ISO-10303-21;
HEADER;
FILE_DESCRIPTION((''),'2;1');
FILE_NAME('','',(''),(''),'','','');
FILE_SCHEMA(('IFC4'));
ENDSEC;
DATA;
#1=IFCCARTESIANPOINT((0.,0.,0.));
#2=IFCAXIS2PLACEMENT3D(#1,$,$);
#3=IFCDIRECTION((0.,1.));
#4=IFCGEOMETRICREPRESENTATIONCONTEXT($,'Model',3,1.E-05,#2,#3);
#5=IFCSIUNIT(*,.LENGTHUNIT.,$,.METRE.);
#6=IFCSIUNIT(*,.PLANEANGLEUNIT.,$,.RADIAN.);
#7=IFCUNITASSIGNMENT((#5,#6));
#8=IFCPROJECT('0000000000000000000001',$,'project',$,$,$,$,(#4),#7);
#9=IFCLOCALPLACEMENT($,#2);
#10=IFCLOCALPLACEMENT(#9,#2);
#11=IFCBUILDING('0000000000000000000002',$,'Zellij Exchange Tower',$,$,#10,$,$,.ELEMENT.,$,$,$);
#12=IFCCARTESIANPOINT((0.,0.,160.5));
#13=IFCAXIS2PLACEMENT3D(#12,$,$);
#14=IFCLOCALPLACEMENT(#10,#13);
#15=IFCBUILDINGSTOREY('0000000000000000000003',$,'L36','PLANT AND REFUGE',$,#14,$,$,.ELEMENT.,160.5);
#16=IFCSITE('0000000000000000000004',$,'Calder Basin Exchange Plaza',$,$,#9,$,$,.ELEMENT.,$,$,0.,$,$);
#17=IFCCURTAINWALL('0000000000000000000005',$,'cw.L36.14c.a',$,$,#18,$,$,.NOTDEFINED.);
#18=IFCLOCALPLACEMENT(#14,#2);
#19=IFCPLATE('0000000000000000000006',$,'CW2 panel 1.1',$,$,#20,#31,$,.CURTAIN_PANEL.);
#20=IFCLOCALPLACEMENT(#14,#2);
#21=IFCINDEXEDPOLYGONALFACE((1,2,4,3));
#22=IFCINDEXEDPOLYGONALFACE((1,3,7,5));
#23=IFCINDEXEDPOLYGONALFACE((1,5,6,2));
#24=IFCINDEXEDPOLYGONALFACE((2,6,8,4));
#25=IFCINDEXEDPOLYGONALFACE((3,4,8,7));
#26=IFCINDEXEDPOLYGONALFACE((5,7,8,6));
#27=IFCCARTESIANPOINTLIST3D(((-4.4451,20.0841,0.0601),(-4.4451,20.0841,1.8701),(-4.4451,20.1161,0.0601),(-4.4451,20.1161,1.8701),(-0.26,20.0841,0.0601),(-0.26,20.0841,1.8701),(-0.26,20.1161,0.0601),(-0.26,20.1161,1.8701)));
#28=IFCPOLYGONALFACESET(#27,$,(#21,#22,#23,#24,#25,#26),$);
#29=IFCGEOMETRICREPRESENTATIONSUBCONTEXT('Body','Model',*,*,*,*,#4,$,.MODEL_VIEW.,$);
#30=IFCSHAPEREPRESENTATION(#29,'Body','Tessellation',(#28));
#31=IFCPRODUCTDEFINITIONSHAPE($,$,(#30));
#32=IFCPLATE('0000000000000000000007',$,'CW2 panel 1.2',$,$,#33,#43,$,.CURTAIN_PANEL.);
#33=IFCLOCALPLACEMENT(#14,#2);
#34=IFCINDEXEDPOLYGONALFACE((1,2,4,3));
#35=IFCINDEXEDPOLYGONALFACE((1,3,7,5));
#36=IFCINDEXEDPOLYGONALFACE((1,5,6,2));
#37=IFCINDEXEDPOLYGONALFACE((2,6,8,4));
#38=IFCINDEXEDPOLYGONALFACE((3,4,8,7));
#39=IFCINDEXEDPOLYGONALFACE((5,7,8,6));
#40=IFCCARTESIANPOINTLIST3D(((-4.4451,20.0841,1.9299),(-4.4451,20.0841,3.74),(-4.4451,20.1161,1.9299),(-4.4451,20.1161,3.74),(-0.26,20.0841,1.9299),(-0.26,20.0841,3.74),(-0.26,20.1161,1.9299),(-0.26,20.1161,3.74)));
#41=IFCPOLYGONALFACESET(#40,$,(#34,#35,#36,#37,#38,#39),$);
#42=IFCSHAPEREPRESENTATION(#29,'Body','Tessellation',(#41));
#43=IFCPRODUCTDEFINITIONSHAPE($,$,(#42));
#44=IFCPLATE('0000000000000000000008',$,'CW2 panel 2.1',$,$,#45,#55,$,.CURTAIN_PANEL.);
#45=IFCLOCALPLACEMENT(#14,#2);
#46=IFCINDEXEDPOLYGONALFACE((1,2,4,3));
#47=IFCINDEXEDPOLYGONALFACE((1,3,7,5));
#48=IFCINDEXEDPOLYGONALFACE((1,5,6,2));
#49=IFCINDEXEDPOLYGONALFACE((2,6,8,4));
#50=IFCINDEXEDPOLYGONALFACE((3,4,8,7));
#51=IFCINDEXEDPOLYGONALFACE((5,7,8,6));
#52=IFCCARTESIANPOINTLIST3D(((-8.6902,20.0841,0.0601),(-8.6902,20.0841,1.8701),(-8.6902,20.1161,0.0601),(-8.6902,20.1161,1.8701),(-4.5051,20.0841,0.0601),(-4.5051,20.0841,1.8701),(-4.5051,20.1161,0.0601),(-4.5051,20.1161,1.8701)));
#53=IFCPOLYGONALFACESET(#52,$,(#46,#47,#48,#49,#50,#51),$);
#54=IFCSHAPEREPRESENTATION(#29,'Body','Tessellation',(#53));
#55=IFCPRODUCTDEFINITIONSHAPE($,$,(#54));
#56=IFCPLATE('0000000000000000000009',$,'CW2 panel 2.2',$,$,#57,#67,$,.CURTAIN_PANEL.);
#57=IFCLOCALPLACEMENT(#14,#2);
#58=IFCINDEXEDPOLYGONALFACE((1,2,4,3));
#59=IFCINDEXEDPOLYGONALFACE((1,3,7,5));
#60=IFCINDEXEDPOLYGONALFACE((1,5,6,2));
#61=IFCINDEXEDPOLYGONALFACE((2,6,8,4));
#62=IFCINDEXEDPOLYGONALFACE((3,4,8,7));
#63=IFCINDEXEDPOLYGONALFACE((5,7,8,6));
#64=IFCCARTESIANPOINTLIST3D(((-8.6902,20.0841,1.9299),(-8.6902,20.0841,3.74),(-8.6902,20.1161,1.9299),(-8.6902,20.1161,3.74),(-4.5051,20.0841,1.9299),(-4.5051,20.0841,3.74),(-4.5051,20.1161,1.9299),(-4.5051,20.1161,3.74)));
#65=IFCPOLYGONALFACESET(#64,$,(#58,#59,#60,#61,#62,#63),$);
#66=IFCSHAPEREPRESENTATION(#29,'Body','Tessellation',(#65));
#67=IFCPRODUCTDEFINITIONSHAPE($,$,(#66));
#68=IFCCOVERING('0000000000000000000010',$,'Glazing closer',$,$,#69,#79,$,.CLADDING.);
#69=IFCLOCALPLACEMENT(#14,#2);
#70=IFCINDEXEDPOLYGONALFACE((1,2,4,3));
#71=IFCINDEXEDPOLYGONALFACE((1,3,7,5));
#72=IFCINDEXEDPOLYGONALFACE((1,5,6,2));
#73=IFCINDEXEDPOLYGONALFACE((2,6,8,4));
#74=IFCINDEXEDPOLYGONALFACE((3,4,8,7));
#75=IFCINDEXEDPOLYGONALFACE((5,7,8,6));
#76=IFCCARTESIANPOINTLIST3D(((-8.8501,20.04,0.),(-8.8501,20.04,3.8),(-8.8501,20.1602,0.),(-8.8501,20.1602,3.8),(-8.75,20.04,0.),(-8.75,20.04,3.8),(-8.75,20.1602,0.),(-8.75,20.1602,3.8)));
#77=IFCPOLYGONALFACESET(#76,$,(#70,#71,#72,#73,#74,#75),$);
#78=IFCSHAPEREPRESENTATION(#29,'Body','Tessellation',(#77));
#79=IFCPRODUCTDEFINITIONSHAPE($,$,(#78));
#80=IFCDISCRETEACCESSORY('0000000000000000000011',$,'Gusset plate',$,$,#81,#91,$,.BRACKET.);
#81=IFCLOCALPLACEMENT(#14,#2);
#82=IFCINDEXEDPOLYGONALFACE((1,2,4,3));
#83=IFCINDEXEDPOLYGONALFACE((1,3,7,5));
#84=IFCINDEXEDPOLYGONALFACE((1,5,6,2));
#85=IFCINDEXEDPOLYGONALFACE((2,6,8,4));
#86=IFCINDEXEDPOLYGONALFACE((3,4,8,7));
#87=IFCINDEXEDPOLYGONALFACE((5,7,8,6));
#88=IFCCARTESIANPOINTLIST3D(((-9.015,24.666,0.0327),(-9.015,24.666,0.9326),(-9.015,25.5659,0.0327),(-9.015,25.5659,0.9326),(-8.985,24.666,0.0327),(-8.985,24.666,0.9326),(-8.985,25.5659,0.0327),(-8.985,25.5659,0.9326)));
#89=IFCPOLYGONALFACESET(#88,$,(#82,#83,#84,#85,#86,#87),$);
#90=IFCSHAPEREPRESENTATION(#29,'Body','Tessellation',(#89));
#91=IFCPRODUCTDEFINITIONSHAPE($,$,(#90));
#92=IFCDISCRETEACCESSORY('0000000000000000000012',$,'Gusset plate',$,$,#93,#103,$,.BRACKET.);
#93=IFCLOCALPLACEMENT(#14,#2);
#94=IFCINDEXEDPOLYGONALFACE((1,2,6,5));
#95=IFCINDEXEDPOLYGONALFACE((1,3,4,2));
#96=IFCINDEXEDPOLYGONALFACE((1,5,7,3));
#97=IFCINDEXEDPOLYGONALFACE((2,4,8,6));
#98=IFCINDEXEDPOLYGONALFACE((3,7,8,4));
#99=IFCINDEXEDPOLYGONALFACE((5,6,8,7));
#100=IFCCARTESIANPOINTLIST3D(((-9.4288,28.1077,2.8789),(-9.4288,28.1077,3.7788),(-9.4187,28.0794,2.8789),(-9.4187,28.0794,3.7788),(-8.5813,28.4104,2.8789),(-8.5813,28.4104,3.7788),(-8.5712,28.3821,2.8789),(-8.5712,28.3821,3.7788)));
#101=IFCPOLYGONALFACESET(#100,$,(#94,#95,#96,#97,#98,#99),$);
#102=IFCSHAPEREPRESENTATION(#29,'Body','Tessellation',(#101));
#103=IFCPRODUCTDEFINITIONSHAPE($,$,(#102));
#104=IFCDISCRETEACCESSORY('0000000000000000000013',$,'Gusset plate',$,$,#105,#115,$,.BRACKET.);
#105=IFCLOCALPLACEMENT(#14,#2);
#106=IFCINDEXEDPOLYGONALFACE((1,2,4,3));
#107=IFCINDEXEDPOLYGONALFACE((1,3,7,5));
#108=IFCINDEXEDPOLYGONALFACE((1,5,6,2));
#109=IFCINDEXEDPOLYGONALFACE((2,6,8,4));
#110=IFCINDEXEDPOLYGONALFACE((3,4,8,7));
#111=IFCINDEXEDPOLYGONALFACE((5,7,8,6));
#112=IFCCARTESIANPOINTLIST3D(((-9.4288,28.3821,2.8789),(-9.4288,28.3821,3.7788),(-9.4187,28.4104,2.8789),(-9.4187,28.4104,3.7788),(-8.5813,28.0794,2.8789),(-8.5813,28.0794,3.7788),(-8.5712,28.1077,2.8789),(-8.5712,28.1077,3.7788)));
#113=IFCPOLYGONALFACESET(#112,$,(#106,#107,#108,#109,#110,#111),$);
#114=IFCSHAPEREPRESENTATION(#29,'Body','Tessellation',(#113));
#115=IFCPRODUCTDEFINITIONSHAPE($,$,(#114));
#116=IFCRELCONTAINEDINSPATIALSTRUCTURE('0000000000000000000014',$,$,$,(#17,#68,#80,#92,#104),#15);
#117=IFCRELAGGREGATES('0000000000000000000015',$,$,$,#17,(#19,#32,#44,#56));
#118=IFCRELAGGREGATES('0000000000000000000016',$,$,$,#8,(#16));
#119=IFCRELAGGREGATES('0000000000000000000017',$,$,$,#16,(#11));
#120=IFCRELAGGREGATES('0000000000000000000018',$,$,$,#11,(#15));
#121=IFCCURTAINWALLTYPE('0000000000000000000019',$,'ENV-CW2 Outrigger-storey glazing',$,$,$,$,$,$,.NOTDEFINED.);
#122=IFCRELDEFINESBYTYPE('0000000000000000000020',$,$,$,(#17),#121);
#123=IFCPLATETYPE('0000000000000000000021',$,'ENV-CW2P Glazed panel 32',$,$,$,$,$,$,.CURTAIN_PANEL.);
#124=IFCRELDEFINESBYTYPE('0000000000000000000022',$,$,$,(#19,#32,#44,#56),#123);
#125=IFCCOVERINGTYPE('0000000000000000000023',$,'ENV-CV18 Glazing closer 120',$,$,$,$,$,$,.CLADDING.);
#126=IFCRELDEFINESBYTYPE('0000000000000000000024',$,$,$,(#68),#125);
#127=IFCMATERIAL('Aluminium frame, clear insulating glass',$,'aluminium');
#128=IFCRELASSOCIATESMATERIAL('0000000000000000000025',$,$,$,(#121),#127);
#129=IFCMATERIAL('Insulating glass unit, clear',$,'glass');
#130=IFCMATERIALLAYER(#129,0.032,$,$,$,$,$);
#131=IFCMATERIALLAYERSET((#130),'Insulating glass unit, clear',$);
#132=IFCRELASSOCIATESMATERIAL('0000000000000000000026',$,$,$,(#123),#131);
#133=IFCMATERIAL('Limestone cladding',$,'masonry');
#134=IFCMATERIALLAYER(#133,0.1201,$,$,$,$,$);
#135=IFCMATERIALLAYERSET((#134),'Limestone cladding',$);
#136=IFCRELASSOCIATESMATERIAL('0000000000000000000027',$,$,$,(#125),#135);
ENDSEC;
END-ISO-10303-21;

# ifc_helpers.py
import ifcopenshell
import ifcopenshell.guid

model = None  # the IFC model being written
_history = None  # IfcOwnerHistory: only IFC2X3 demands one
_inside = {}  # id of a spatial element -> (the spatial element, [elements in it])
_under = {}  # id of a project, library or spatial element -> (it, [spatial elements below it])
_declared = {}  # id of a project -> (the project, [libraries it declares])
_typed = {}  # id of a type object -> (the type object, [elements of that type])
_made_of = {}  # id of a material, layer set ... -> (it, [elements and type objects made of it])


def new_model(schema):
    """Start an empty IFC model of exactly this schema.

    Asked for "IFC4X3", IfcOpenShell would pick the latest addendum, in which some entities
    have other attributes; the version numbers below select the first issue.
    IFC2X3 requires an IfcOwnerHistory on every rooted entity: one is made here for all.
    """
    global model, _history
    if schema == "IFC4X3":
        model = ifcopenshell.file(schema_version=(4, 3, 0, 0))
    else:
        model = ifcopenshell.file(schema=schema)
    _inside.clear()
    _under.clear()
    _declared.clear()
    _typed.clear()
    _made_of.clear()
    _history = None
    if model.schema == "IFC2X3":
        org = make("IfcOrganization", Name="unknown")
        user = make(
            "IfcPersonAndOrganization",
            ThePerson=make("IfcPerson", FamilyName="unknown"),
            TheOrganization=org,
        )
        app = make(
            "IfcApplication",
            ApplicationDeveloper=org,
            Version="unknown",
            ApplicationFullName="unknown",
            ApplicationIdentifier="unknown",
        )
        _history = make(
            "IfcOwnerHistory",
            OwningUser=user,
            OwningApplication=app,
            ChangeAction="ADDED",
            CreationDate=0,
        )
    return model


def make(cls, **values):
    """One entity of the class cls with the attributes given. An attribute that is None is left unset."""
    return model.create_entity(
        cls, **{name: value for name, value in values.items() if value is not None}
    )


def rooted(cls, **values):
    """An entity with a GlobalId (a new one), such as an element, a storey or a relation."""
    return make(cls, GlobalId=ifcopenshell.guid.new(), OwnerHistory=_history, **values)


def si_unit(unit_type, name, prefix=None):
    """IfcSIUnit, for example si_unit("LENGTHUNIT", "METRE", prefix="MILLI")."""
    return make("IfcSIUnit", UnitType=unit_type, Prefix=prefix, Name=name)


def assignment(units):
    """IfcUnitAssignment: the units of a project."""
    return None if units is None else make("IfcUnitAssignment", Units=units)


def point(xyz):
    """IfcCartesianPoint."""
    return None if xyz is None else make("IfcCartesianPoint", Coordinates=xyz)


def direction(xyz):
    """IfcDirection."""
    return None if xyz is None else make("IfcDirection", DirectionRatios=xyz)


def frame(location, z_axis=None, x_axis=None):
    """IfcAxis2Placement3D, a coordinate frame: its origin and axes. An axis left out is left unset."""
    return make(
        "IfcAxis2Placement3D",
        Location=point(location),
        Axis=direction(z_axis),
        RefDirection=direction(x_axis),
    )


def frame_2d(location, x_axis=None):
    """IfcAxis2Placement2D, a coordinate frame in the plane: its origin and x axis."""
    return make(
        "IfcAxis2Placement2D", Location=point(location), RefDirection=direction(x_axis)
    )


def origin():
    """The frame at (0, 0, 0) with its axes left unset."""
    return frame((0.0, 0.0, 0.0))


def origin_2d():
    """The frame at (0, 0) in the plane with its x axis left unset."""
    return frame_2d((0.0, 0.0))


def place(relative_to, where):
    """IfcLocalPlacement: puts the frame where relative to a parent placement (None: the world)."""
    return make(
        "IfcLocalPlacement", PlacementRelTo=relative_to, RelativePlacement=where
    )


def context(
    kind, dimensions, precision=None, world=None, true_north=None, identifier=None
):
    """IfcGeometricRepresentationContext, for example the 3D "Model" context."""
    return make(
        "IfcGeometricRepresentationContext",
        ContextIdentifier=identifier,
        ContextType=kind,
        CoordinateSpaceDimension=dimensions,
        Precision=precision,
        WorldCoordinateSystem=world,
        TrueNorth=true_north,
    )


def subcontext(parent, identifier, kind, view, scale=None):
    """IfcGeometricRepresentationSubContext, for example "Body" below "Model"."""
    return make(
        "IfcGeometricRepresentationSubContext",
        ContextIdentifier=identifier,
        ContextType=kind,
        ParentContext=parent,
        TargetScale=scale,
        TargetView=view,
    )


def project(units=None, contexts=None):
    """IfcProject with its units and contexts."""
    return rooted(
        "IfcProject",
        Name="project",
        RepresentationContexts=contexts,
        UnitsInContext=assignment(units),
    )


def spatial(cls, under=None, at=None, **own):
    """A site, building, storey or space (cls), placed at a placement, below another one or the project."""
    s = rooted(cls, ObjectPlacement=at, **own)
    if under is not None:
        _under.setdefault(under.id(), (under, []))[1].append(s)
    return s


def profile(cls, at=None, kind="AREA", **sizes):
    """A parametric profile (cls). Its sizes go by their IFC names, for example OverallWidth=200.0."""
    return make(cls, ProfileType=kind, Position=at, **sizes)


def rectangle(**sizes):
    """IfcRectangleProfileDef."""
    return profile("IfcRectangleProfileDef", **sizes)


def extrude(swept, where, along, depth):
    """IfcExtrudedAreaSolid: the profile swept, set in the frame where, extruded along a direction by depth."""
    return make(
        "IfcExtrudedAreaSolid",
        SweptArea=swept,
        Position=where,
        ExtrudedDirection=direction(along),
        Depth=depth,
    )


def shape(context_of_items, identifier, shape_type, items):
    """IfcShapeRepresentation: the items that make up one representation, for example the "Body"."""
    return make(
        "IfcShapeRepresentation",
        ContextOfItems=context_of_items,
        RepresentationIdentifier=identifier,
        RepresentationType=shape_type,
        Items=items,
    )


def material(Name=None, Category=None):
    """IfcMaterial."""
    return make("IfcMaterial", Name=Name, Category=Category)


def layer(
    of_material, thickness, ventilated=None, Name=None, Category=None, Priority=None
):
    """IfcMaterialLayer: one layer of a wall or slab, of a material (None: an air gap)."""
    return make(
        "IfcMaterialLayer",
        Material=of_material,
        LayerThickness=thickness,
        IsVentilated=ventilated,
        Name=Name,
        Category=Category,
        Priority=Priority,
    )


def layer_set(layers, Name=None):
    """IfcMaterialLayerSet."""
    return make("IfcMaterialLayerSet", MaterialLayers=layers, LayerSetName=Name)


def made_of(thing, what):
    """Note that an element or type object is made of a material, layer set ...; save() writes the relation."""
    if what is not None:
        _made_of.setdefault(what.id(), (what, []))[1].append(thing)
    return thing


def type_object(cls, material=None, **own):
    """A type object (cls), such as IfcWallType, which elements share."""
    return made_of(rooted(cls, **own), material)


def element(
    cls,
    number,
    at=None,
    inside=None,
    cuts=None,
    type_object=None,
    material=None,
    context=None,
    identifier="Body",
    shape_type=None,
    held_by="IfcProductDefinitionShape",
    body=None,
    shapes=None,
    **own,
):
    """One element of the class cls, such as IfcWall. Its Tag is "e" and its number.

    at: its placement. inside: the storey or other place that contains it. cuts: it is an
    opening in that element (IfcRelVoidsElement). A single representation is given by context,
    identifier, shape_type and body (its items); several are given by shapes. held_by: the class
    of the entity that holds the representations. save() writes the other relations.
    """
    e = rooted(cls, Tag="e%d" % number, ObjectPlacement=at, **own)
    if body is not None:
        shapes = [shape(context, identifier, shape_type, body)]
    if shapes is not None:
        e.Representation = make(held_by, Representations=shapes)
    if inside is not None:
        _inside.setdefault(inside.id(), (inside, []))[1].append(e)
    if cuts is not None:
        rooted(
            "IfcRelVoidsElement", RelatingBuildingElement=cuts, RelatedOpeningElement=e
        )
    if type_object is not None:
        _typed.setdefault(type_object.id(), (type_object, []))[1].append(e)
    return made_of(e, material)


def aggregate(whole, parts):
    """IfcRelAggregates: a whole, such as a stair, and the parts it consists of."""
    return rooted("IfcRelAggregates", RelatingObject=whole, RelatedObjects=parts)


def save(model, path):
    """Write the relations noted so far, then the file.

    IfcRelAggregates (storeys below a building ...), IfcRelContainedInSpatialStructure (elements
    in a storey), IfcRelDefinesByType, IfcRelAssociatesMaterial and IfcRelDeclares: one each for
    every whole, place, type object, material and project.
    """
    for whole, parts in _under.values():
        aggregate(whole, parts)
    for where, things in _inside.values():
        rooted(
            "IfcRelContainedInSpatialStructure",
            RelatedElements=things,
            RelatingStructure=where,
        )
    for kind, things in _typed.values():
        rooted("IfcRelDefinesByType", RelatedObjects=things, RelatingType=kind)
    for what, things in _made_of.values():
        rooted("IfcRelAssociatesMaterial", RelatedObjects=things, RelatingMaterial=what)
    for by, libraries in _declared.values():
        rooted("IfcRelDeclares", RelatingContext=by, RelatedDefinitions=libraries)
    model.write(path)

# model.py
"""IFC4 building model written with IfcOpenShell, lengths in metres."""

from ifc_helpers import new_model, si_unit, direction, frame, origin, origin_2d, place, context, subcontext, project, spatial, rectangle, extrude, material, layer, layer_set, type_object, element, aggregate, save


model = new_model("IFC4")

# Units and contexts
model_context = context("Model", 3, precision=1e-05, world=origin(), true_north=direction((0.0, 1.0)))
body_context = subcontext(model_context, "Body", "Model", "MODEL_VIEW")
ifc_project = project(units=[si_unit("LENGTHUNIT", "METRE"), si_unit("PLANEANGLEUNIT", "RADIAN")], contexts=[model_context])

# Site, building, storey
site_placement = place(None, origin())
site = spatial("IfcSite", under=ifc_project, at=site_placement, Name="Calder Basin Exchange Plaza", CompositionType="ELEMENT", RefElevation=0.0)
building_placement = place(site_placement, origin())
building = spatial("IfcBuilding", under=site, at=building_placement, Name="Zellij Exchange Tower", CompositionType="ELEMENT")
storey_placement = place(building_placement, frame((0.0, 0.0, 160.5)))
storey = spatial("IfcBuildingStorey", under=building, at=storey_placement, Name="L36", Description="PLANT AND REFUGE", CompositionType="ELEMENT", Elevation=160.5)

# Curtain wall
ifc_material_1 = material(Name="Aluminium frame, clear insulating glass", Category="aluminium")
curtain_wall_type = type_object("IfcCurtainWallType", Name="ENV-CW2 Outrigger-storey glazing", PredefinedType="NOTDEFINED", material=ifc_material_1)
curtain_wall_placement = place(storey_placement, origin())
curtain_wall = element("IfcCurtainWall", 1, at=curtain_wall_placement, inside=storey, type_object=curtain_wall_type, Name="cw.L36.14c.a", PredefinedType="NOTDEFINED")

# Plates
ifc_material_2 = material(Name="Insulating glass unit, clear", Category="glass")
ifc_layer_1 = layer(ifc_material_2, 0.032)
ifc_layer_set_1 = layer_set([ifc_layer_1], Name="Insulating glass unit, clear")
plate_type = type_object("IfcPlateType", Name="ENV-CW2P Glazed panel 32", PredefinedType="CURTAIN_PANEL", material=ifc_layer_set_1)
plate_1_placement = place(storey_placement, frame((-2.3525, 20.1001, 0.0601), z_axis=(0.0, 0.0, 1.0), x_axis=(-1.0, 0.0, 0.0)))
plate_1 = element("IfcPlate", 2, at=plate_1_placement, type_object=plate_type, Name="CW2 panel 1.1", PredefinedType="CURTAIN_PANEL", context=body_context, shape_type="SweptSolid", body=[
    extrude(rectangle(XDim=4.1851, YDim=0.032, at=origin_2d()), origin(), (0.0, 0.0, 1.0), 1.8101),
])
plate_2_placement = place(storey_placement, frame((-2.3525, 20.1001, 1.9299), z_axis=(0.0, 0.0, 1.0), x_axis=(-1.0, 0.0, 0.0)))
plate_2 = element("IfcPlate", 3, at=plate_2_placement, type_object=plate_type, Name="CW2 panel 1.2", PredefinedType="CURTAIN_PANEL", context=body_context, shape_type="SweptSolid", body=[
    extrude(rectangle(XDim=4.1851, YDim=0.032, at=origin_2d()), origin(), (0.0, 0.0, 1.0), 1.8101),
])
plate_3_placement = place(storey_placement, frame((-6.5977, 20.1001, 0.0601), z_axis=(0.0, 0.0, 1.0), x_axis=(-1.0, 0.0, 0.0)))
plate_3 = element("IfcPlate", 4, at=plate_3_placement, type_object=plate_type, Name="CW2 panel 2.1", PredefinedType="CURTAIN_PANEL", context=body_context, shape_type="SweptSolid", body=[
    extrude(rectangle(XDim=4.1851, YDim=0.032, at=origin_2d()), origin(), (0.0, 0.0, 1.0), 1.8101),
])
plate_4_placement = place(storey_placement, frame((-6.5977, 20.1001, 1.9299), z_axis=(0.0, 0.0, 1.0), x_axis=(-1.0, 0.0, 0.0)))
plate_4 = element("IfcPlate", 5, at=plate_4_placement, type_object=plate_type, Name="CW2 panel 2.2", PredefinedType="CURTAIN_PANEL", context=body_context, shape_type="SweptSolid", body=[
    extrude(rectangle(XDim=4.1851, YDim=0.032, at=origin_2d()), origin(), (0.0, 0.0, 1.0), 1.8101),
])
aggregate(curtain_wall, [plate_1, plate_2, plate_3, plate_4])

# Covering
ifc_material_3 = material(Name="Limestone cladding", Category="masonry")
ifc_layer_2 = layer(ifc_material_3, 0.1201)
ifc_layer_set_2 = layer_set([ifc_layer_2], Name="Limestone cladding")
covering_type = type_object("IfcCoveringType", Name="ENV-CV18 Glazing closer 120", PredefinedType="CLADDING", material=ifc_layer_set_2)
covering_placement = place(storey_placement, frame((-8.8, 20.1001, 0.0), z_axis=(0.0, 0.0, 1.0), x_axis=(-1.0, 0.0, 0.0)))
element("IfcCovering", 6, at=covering_placement, inside=storey, type_object=covering_type, Name="Glazing closer", PredefinedType="CLADDING", context=body_context, shape_type="SweptSolid", body=[
    extrude(rectangle(XDim=0.1001, YDim=0.1201, at=origin_2d()), origin(), (0.0, 0.0, 1.0), 3.8),
])

# Discrete accessories
for number, where, z_axis, x_axis, name in (
    (7, (-9.0, 25.116, 0.0327), (0.0, 0.0, 1.0), (0.0, 1.0, 0.0), "Gusset plate"),
    (8, (-9.0, 28.2449, 2.8789), (0.0, 0.0, 1.0), (0.941725, 0.336384, 0.0), "Gusset plate"),
    (9, (-9.0, 28.2449, 2.8789), (0.0, 0.0, 1.0), (0.941725, -0.336384, 0.0), "Gusset plate"),
):
    element("IfcDiscreteAccessory", number, at=place(storey_placement, frame(where, z_axis=z_axis, x_axis=x_axis)), inside=storey, Name=name, PredefinedType="BRACKET", context=body_context, shape_type="SweptSolid", body=[
        extrude(rectangle(XDim=0.8999, YDim=0.03, at=origin_2d()), origin(), (0.0, 0.0, 1.0), 0.8999),
    ])

save(model, "model.ifc")
